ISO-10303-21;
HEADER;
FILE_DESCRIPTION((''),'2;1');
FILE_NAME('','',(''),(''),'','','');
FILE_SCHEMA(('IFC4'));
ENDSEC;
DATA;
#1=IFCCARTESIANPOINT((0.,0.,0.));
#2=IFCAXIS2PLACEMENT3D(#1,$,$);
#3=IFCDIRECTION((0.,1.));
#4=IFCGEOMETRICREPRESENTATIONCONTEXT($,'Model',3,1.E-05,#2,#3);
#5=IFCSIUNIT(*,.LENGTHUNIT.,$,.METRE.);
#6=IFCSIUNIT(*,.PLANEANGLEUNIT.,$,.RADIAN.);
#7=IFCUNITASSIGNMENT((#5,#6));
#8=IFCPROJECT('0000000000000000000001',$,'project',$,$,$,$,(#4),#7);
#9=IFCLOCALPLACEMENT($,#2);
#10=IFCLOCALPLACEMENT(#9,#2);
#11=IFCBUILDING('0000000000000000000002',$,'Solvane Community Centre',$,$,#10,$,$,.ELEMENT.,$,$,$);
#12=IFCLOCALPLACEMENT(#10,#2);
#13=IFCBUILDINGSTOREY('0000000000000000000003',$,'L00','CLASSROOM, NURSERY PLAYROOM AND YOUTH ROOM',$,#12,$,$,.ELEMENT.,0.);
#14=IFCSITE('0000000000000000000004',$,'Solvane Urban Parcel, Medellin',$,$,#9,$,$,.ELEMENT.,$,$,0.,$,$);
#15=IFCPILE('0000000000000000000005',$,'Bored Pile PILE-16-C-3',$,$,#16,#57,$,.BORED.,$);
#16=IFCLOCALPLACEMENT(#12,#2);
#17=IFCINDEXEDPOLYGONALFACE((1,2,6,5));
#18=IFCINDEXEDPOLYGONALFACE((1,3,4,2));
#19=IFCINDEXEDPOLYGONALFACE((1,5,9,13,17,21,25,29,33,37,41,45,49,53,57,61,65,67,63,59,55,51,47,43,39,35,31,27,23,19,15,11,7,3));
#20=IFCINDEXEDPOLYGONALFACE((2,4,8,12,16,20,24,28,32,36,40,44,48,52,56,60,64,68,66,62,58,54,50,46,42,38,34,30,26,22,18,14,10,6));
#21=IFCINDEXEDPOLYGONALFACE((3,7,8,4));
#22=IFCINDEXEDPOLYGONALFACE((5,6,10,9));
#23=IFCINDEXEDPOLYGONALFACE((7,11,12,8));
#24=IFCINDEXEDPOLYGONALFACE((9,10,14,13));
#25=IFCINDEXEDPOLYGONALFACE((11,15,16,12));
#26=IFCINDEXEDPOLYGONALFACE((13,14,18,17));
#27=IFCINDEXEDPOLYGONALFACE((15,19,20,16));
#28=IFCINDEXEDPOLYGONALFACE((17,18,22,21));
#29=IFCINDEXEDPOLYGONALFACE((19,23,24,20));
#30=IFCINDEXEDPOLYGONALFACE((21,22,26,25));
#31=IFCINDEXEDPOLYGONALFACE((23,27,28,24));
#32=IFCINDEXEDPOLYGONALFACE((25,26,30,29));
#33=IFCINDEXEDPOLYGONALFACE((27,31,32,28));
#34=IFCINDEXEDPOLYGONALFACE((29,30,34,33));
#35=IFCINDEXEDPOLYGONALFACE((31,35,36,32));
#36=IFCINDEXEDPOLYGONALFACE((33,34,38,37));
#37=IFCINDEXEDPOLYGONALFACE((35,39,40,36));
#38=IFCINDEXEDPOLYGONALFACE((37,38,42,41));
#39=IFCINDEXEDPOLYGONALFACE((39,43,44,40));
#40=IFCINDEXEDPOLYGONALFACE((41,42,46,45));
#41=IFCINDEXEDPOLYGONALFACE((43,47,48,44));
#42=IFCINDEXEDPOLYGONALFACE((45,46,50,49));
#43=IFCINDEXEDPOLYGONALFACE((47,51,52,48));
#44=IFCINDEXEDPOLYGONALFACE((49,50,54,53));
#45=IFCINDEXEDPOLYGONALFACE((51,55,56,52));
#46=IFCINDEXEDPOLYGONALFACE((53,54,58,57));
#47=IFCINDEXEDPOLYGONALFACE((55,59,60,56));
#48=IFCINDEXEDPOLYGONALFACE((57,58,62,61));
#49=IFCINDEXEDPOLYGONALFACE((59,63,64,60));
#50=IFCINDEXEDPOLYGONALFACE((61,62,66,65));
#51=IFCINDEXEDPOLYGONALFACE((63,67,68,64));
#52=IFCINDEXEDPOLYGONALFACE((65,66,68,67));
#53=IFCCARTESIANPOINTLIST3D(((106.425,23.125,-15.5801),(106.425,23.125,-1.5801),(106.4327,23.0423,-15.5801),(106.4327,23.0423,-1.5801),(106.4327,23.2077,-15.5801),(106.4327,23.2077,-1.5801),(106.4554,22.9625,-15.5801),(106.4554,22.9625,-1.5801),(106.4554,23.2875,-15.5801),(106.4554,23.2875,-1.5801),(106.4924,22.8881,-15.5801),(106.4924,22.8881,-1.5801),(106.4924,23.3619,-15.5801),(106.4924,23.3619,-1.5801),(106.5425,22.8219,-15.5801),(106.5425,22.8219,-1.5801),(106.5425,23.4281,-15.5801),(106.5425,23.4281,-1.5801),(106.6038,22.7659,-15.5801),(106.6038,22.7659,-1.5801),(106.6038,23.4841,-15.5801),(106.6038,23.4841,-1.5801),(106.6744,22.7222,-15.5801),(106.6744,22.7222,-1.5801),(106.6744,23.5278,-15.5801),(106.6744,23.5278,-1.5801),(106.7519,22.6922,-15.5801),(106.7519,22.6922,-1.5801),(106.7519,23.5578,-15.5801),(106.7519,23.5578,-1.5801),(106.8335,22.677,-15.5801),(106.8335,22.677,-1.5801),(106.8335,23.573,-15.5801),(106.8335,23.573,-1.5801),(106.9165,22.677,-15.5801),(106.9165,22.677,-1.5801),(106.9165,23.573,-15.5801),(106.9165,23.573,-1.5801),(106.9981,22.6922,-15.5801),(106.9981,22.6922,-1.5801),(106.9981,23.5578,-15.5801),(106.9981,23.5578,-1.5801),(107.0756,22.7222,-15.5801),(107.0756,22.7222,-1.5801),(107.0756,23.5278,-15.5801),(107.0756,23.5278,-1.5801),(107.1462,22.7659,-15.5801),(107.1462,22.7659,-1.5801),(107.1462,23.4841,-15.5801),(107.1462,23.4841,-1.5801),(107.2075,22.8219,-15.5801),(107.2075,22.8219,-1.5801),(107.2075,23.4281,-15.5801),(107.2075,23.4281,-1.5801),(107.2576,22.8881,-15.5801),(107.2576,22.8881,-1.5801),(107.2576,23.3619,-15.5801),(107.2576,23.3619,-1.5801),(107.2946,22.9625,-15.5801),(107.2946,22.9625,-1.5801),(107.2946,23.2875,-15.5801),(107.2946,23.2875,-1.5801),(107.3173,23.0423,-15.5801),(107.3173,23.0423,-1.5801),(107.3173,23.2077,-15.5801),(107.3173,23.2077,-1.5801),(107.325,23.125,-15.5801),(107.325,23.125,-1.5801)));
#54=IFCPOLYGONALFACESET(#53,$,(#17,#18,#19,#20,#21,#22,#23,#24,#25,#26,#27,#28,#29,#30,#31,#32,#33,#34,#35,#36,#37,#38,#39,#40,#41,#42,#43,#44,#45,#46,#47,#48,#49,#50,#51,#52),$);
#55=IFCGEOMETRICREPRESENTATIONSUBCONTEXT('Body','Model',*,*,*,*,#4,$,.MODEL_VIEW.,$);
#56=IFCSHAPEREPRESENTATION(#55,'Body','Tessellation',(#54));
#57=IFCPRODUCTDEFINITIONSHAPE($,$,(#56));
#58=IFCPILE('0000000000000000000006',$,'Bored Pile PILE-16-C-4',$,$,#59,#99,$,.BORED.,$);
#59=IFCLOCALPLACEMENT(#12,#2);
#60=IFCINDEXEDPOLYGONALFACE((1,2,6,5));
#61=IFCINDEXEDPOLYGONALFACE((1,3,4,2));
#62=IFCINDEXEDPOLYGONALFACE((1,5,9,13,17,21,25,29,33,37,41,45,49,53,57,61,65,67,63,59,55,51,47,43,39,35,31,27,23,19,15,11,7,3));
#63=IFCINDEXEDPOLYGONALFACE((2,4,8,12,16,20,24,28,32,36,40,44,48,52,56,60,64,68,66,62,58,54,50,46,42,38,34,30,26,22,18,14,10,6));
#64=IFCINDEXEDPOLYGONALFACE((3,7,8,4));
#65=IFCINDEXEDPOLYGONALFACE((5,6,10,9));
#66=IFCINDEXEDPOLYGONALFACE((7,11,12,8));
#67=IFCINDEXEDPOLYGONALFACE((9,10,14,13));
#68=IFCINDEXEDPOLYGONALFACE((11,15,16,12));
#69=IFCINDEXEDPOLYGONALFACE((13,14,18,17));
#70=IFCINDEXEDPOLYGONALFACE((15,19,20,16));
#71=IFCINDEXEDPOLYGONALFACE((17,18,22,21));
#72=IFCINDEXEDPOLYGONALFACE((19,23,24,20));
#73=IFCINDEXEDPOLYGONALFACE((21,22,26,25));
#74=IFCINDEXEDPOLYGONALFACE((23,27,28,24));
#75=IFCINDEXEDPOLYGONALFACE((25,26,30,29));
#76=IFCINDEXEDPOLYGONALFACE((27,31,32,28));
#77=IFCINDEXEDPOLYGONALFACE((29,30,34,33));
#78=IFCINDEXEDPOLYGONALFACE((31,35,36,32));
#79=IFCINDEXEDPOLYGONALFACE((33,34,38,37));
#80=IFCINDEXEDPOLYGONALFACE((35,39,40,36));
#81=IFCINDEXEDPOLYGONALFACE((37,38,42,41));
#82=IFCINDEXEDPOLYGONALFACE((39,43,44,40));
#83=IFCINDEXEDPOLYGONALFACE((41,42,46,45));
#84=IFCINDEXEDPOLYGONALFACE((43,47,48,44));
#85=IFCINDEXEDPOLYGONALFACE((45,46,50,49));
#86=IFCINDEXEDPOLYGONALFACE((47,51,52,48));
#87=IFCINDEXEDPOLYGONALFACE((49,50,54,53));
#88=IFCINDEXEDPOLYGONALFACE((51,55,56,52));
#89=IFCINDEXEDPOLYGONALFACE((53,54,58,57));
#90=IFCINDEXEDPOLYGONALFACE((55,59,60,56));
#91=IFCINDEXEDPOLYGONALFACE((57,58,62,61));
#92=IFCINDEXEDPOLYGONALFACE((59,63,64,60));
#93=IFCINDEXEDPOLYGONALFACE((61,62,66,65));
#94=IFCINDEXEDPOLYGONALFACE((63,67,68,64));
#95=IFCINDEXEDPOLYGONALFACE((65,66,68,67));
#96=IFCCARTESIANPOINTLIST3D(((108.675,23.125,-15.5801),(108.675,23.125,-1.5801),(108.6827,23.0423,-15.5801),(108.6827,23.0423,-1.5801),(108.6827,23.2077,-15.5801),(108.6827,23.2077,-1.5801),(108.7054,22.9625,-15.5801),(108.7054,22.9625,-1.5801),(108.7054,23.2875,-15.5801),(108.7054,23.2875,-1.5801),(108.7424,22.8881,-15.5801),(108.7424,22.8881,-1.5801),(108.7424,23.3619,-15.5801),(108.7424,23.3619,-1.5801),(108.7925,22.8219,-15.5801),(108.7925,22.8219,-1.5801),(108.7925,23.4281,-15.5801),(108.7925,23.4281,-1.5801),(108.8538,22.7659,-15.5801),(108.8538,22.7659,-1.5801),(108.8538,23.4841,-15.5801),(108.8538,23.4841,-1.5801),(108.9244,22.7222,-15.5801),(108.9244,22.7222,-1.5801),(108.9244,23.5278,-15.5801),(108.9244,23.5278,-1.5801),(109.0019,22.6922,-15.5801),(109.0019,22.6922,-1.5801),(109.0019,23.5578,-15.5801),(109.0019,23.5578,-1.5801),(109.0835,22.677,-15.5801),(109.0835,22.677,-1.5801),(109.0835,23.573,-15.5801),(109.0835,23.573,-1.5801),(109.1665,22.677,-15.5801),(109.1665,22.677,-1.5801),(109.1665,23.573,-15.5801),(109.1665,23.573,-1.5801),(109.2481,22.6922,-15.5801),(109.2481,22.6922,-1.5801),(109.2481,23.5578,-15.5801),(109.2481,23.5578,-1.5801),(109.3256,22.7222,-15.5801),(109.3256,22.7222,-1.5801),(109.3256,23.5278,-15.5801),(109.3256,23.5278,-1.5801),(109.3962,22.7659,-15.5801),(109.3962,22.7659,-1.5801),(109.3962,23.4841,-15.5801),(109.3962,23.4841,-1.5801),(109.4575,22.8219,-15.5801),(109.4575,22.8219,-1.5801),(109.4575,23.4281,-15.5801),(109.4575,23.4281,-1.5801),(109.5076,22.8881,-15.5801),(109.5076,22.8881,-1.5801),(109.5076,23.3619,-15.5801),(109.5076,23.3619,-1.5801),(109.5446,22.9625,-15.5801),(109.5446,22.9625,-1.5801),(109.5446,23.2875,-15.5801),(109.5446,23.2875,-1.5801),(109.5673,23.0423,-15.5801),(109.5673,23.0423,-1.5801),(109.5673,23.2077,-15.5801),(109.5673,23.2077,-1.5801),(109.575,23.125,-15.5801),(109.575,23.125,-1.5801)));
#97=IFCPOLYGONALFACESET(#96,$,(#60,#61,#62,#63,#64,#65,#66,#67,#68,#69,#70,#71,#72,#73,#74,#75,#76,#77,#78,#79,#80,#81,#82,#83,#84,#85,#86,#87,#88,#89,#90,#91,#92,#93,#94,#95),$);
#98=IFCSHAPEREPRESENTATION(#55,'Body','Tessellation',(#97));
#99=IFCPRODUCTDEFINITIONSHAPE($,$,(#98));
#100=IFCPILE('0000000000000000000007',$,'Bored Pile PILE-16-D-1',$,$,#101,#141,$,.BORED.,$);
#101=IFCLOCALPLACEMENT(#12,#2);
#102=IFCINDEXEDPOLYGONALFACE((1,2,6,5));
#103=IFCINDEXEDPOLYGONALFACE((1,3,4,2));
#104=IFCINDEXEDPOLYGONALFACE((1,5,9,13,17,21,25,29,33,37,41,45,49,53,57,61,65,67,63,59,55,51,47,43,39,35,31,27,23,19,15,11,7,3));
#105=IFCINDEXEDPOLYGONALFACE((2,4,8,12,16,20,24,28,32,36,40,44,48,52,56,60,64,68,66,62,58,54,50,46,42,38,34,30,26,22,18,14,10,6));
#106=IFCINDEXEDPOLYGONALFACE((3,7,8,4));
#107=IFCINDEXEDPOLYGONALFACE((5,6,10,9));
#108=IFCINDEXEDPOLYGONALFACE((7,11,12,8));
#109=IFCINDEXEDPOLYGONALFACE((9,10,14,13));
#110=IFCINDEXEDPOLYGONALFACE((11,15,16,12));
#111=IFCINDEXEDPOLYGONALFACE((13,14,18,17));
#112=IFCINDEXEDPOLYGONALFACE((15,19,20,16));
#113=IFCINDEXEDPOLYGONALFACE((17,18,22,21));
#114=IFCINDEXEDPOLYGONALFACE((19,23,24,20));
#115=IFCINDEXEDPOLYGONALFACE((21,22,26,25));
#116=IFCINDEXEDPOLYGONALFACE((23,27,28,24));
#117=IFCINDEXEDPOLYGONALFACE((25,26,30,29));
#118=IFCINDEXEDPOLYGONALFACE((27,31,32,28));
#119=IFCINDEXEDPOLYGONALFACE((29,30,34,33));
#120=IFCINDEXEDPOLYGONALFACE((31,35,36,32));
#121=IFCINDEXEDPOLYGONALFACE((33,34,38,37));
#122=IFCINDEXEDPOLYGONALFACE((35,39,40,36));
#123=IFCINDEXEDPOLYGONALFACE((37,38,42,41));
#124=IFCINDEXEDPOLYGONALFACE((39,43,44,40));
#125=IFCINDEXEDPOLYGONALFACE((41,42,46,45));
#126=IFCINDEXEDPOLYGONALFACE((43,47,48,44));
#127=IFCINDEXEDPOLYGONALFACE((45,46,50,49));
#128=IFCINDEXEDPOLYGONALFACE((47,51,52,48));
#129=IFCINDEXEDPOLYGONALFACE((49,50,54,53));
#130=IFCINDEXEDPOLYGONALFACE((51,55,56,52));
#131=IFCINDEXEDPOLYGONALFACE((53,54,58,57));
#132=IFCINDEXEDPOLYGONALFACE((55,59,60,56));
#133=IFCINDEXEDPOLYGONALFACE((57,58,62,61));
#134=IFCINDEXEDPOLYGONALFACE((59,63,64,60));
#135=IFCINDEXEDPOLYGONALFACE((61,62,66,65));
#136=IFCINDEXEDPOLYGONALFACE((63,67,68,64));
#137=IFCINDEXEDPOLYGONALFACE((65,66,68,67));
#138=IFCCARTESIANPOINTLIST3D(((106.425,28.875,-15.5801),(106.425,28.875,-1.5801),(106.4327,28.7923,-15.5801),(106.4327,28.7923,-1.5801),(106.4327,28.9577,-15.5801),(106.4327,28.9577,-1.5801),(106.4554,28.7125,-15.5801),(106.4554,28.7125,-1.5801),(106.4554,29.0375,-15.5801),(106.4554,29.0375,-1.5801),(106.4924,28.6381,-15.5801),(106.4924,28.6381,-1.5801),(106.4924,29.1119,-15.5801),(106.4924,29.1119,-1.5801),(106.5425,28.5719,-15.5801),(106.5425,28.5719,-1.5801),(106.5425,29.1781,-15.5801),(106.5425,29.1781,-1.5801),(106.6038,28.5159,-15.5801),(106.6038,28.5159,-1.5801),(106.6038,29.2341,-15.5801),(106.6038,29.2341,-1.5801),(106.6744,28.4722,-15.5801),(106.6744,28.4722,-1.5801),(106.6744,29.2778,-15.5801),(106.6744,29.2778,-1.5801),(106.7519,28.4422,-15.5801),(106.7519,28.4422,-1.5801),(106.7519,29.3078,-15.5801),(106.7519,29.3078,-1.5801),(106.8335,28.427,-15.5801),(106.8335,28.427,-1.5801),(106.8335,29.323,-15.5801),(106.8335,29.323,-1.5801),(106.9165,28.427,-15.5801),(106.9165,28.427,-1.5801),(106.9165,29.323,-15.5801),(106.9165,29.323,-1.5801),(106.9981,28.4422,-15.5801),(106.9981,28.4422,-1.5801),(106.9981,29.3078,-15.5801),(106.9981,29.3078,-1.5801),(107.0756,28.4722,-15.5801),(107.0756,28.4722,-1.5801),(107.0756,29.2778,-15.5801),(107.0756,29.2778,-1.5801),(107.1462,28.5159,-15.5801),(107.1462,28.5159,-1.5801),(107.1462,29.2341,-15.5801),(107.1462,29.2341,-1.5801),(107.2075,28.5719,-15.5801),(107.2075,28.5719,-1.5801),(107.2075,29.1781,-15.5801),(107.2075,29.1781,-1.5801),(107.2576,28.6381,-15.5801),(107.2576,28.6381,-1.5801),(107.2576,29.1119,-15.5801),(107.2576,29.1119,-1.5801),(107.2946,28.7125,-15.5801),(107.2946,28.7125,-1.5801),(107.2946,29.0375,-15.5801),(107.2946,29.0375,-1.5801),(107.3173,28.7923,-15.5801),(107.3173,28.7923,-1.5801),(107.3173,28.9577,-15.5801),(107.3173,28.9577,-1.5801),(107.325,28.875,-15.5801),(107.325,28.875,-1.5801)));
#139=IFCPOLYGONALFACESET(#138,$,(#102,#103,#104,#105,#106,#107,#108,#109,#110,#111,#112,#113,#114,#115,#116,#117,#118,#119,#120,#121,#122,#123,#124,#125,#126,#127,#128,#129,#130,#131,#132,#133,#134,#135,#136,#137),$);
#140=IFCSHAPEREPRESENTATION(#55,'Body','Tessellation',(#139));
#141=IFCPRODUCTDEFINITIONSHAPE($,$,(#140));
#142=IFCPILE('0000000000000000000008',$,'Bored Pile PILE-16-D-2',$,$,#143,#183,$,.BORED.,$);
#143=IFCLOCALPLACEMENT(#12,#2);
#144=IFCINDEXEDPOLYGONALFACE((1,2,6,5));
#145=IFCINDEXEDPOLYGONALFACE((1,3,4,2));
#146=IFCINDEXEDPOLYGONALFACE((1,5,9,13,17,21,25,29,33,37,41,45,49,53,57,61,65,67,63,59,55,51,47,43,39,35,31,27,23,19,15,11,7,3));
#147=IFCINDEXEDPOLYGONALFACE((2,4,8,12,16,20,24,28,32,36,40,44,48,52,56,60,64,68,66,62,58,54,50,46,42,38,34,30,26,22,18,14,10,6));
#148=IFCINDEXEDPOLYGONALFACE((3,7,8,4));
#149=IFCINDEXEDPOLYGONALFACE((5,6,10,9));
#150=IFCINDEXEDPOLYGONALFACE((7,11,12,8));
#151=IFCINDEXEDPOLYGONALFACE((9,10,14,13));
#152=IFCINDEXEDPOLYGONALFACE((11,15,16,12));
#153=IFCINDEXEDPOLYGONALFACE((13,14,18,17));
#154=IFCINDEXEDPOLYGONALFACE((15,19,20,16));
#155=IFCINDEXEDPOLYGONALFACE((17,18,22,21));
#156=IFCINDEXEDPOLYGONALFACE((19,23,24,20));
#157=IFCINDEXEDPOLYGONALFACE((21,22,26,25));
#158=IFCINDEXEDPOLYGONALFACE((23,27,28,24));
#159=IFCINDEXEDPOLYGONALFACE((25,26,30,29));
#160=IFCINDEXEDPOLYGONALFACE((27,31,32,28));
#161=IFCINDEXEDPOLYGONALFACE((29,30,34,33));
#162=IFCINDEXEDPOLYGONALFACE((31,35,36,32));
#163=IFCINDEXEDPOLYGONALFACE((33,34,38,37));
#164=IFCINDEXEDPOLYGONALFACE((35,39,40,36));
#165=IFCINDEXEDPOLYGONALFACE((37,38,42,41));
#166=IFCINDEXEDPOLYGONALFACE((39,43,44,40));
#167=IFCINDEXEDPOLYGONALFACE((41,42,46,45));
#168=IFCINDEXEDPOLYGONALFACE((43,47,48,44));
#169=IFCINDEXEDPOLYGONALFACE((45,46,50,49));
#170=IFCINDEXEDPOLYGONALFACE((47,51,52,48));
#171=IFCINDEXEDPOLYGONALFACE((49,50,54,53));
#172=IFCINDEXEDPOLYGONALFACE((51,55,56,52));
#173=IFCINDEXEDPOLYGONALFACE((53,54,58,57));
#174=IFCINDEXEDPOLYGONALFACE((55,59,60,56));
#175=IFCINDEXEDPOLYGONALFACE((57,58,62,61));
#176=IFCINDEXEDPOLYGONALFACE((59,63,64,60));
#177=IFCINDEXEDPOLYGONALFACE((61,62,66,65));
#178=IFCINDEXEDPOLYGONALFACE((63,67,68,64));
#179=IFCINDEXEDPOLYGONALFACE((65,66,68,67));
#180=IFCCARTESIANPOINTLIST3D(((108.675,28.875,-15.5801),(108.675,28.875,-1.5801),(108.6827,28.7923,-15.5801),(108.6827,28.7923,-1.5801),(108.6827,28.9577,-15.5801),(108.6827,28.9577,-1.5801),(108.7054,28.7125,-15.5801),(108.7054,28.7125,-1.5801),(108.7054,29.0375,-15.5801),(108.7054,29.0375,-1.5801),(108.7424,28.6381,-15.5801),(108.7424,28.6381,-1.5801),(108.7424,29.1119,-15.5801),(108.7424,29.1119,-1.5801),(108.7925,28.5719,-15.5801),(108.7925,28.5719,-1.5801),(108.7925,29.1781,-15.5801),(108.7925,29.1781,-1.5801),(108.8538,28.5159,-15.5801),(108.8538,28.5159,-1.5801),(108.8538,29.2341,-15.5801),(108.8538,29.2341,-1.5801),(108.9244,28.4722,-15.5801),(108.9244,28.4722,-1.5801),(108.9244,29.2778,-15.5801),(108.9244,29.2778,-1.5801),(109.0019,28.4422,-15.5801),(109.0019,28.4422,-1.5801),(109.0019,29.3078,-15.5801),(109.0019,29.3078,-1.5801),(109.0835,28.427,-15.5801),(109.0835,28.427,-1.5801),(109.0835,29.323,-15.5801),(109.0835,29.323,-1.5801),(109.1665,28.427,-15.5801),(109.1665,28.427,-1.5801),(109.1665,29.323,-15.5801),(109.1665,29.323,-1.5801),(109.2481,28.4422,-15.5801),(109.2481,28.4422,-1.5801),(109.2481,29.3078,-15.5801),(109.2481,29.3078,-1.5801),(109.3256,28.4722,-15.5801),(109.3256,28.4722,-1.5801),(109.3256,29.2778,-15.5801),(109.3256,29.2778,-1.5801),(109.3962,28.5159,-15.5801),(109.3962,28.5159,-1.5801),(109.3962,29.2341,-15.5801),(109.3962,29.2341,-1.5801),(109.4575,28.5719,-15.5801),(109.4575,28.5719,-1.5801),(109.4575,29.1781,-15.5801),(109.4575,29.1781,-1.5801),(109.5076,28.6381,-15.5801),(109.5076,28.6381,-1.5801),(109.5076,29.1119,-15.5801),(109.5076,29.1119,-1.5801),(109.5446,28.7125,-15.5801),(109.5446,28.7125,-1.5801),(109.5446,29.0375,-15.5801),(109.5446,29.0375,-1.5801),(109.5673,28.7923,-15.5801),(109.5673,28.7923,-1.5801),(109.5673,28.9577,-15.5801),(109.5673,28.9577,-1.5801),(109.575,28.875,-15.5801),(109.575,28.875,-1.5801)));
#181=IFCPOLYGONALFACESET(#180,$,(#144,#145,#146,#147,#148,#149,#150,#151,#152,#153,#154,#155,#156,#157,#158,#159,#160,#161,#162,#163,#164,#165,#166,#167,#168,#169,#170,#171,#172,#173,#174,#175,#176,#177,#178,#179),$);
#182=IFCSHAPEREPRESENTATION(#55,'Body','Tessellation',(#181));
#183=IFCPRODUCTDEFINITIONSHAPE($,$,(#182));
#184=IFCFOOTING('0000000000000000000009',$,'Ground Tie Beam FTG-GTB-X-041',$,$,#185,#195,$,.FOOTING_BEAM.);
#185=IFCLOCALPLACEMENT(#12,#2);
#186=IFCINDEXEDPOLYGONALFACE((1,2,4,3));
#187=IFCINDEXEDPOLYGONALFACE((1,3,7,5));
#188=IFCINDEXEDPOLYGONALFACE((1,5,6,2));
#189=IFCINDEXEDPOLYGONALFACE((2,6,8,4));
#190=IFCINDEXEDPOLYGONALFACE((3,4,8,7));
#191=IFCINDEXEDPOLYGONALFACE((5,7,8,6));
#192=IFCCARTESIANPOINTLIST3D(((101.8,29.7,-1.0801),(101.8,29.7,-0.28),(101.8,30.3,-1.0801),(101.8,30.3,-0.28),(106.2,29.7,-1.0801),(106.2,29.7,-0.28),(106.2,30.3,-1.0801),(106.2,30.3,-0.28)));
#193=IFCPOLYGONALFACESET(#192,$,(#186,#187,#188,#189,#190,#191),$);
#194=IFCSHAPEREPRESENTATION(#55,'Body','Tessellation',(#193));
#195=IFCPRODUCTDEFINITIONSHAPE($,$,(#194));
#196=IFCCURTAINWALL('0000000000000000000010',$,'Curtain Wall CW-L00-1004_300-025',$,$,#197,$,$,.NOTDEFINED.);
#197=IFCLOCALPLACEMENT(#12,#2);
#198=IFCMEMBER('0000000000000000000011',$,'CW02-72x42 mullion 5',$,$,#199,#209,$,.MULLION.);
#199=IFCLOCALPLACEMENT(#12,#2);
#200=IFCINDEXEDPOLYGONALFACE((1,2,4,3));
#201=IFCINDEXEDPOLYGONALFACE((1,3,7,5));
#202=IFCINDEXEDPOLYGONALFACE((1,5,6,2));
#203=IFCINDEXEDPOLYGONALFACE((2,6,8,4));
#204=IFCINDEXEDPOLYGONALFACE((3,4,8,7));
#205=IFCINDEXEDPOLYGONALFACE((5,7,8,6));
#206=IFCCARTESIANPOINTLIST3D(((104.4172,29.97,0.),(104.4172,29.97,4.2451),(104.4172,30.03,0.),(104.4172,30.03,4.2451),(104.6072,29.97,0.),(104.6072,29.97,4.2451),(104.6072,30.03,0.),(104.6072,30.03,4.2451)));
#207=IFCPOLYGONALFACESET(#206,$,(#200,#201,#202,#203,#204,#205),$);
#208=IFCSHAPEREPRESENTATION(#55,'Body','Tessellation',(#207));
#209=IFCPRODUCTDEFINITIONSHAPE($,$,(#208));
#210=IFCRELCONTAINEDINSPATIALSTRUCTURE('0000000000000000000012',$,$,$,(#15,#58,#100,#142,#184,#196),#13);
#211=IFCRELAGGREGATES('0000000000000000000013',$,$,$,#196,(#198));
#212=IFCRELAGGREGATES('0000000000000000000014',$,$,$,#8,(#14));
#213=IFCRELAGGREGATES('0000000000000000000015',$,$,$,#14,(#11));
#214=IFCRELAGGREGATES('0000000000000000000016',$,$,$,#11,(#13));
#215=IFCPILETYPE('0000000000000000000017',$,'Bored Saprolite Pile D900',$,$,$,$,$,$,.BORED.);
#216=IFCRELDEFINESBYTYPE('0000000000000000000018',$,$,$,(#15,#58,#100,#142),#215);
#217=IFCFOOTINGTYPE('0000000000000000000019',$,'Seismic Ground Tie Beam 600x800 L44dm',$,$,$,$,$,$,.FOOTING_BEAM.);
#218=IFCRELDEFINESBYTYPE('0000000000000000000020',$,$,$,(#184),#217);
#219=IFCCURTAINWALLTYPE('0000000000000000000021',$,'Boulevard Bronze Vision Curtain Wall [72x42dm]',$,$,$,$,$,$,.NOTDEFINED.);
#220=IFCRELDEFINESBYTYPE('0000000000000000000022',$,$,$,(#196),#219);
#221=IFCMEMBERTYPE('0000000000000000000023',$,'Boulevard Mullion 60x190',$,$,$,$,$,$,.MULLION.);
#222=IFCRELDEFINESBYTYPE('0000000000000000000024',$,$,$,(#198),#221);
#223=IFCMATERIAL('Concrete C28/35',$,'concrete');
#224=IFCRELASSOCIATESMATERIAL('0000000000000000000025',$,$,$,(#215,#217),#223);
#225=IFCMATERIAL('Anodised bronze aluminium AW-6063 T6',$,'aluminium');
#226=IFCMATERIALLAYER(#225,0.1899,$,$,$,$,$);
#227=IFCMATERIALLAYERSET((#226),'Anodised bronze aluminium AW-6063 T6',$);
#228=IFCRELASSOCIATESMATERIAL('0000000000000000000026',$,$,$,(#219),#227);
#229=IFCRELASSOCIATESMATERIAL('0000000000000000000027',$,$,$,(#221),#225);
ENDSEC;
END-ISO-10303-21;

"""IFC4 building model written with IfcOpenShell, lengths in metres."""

from ifc_helpers import new_model, si_unit, direction, frame, origin, origin_2d, place, context, subcontext, project, spatial, rectangle, circle, extrude, material, layer, layer_set, material_profile, profile_set, type_object, element, aggregate, save


model = new_model("IFC4")

# Units and contexts
model_context = context("Model", 3, precision=1e-05, world=origin(), true_north=direction((0.0, 1.0)))
body_context = subcontext(model_context, "Body", "Model", "MODEL_VIEW")
ifc_project = project(units=[si_unit("LENGTHUNIT", "METRE"), si_unit("PLANEANGLEUNIT", "RADIAN")], contexts=[model_context])

# Site, building, storey
site_placement = place(None, origin())
site = spatial("IfcSite", under=ifc_project, at=site_placement, Name="Solvane Urban Parcel, Medellin", CompositionType="ELEMENT", RefElevation=0.0)
building_placement = place(site_placement, origin())
building = spatial("IfcBuilding", under=site, at=building_placement, Name="Solvane Community Centre", CompositionType="ELEMENT")
storey_placement = place(building_placement, origin())
storey = spatial("IfcBuildingStorey", under=building, at=storey_placement, Name="L00", Description="CLASSROOM, NURSERY PLAYROOM AND YOUTH ROOM", CompositionType="ELEMENT", Elevation=0.0)

# Piles
ifc_material_1 = material(Name="Concrete C28/35", Category="concrete")
ifc_material_profile_1 = material_profile(ifc_material_1, circle(Radius=0.45, at=origin_2d()), Name="PILE D900")
ifc_profile_set_1 = profile_set([ifc_material_profile_1], Name="Concrete C28/35")
pile_type = type_object("IfcPileType", Name="Bored Saprolite Pile D900", PredefinedType="BORED", material=ifc_profile_set_1)
for number, where, z_axis, x_axis, name in (
    (1, (106.875, 23.125, -1.5801), (0.0, 0.0, -1.0), (1.0, 0.0, 0.0), "Bored Pile PILE-16-C-3"),
    (2, (109.125, 23.125, -1.5801), (0.0, 0.0, -1.0), (1.0, 0.0, 0.0), "Bored Pile PILE-16-C-4"),
    (3, (106.875, 28.875, -1.5801), (0.0, 0.0, -1.0), (1.0, 0.0, 0.0), "Bored Pile PILE-16-D-1"),
    (4, (109.125, 28.875, -1.5801), (0.0, 0.0, -1.0), (1.0, 0.0, 0.0), "Bored Pile PILE-16-D-2"),
):
    element("IfcPile", number, at=place(storey_placement, frame(where, z_axis=z_axis, x_axis=x_axis)), inside=storey, type_object=pile_type, Name=name, PredefinedType="BORED", context=body_context, shape_type="SweptSolid", body=[
        extrude(circle(Radius=0.45, at=origin_2d()), origin(), (0.0, 0.0, 1.0), 14.0),
    ])

# Footing
footing_type = type_object("IfcFootingType", Name="Seismic Ground Tie Beam 600x800 L44dm", PredefinedType="FOOTING_BEAM", material=ifc_material_1)
footing_placement = place(storey_placement, frame((104.0, 30.0, -1.0801), z_axis=(0.0, 0.0, 1.0), x_axis=(1.0, 0.0, 0.0)))
element("IfcFooting", 5, at=footing_placement, inside=storey, type_object=footing_type, Name="Ground Tie Beam FTG-GTB-X-041", PredefinedType="FOOTING_BEAM", context=body_context, shape_type="SweptSolid", body=[
    extrude(rectangle(XDim=4.3999, YDim=0.6001, at=origin_2d()), origin(), (0.0, 0.0, 1.0), 0.8),
])

# Curtain wall, member
ifc_material_2 = material(Name="Anodised bronze aluminium AW-6063 T6", Category="aluminium")
ifc_layer_1 = layer(ifc_material_2, 0.1899)
ifc_layer_set_1 = layer_set([ifc_layer_1], Name="Anodised bronze aluminium AW-6063 T6")
curtain_wall_type = type_object("IfcCurtainWallType", Name="Boulevard Bronze Vision Curtain Wall [72x42dm]", PredefinedType="NOTDEFINED", material=ifc_layer_set_1)
curtain_wall_placement = place(storey_placement, origin())
curtain_wall = element("IfcCurtainWall", 6, at=curtain_wall_placement, inside=storey, type_object=curtain_wall_type, Name="Curtain Wall CW-L00-1004_300-025", PredefinedType="NOTDEFINED")
ifc_material_profile_2 = material_profile(ifc_material_2, rectangle(XDim=0.0601, YDim=0.1899, at=origin_2d()), Name="CW-M 60x190")
ifc_profile_set_2 = profile_set([ifc_material_profile_2], Name="Anodised bronze aluminium AW-6063 T6")
member_type_1 = type_object("IfcMemberType", Name="Boulevard Mullion 60x190", PredefinedType="MULLION", material=ifc_profile_set_2)
member_1_placement = place(storey_placement, frame((104.5122, 30.0, 0.0), z_axis=(0.0, 0.0, 1.0), x_axis=(0.0, 1.0, 0.0)))
member_1 = element("IfcMember", 7, at=member_1_placement, type_object=member_type_1, Name="CW02-72x42 mullion 5", PredefinedType="MULLION", context=body_context, shape_type="SweptSolid", body=[
    extrude(rectangle(XDim=0.0601, YDim=0.1899, at=origin_2d()), origin(), (0.0, 0.0, 1.0), 4.2451),
])
aggregate(curtain_wall, [member_1])

save(model, "model.ifc")
